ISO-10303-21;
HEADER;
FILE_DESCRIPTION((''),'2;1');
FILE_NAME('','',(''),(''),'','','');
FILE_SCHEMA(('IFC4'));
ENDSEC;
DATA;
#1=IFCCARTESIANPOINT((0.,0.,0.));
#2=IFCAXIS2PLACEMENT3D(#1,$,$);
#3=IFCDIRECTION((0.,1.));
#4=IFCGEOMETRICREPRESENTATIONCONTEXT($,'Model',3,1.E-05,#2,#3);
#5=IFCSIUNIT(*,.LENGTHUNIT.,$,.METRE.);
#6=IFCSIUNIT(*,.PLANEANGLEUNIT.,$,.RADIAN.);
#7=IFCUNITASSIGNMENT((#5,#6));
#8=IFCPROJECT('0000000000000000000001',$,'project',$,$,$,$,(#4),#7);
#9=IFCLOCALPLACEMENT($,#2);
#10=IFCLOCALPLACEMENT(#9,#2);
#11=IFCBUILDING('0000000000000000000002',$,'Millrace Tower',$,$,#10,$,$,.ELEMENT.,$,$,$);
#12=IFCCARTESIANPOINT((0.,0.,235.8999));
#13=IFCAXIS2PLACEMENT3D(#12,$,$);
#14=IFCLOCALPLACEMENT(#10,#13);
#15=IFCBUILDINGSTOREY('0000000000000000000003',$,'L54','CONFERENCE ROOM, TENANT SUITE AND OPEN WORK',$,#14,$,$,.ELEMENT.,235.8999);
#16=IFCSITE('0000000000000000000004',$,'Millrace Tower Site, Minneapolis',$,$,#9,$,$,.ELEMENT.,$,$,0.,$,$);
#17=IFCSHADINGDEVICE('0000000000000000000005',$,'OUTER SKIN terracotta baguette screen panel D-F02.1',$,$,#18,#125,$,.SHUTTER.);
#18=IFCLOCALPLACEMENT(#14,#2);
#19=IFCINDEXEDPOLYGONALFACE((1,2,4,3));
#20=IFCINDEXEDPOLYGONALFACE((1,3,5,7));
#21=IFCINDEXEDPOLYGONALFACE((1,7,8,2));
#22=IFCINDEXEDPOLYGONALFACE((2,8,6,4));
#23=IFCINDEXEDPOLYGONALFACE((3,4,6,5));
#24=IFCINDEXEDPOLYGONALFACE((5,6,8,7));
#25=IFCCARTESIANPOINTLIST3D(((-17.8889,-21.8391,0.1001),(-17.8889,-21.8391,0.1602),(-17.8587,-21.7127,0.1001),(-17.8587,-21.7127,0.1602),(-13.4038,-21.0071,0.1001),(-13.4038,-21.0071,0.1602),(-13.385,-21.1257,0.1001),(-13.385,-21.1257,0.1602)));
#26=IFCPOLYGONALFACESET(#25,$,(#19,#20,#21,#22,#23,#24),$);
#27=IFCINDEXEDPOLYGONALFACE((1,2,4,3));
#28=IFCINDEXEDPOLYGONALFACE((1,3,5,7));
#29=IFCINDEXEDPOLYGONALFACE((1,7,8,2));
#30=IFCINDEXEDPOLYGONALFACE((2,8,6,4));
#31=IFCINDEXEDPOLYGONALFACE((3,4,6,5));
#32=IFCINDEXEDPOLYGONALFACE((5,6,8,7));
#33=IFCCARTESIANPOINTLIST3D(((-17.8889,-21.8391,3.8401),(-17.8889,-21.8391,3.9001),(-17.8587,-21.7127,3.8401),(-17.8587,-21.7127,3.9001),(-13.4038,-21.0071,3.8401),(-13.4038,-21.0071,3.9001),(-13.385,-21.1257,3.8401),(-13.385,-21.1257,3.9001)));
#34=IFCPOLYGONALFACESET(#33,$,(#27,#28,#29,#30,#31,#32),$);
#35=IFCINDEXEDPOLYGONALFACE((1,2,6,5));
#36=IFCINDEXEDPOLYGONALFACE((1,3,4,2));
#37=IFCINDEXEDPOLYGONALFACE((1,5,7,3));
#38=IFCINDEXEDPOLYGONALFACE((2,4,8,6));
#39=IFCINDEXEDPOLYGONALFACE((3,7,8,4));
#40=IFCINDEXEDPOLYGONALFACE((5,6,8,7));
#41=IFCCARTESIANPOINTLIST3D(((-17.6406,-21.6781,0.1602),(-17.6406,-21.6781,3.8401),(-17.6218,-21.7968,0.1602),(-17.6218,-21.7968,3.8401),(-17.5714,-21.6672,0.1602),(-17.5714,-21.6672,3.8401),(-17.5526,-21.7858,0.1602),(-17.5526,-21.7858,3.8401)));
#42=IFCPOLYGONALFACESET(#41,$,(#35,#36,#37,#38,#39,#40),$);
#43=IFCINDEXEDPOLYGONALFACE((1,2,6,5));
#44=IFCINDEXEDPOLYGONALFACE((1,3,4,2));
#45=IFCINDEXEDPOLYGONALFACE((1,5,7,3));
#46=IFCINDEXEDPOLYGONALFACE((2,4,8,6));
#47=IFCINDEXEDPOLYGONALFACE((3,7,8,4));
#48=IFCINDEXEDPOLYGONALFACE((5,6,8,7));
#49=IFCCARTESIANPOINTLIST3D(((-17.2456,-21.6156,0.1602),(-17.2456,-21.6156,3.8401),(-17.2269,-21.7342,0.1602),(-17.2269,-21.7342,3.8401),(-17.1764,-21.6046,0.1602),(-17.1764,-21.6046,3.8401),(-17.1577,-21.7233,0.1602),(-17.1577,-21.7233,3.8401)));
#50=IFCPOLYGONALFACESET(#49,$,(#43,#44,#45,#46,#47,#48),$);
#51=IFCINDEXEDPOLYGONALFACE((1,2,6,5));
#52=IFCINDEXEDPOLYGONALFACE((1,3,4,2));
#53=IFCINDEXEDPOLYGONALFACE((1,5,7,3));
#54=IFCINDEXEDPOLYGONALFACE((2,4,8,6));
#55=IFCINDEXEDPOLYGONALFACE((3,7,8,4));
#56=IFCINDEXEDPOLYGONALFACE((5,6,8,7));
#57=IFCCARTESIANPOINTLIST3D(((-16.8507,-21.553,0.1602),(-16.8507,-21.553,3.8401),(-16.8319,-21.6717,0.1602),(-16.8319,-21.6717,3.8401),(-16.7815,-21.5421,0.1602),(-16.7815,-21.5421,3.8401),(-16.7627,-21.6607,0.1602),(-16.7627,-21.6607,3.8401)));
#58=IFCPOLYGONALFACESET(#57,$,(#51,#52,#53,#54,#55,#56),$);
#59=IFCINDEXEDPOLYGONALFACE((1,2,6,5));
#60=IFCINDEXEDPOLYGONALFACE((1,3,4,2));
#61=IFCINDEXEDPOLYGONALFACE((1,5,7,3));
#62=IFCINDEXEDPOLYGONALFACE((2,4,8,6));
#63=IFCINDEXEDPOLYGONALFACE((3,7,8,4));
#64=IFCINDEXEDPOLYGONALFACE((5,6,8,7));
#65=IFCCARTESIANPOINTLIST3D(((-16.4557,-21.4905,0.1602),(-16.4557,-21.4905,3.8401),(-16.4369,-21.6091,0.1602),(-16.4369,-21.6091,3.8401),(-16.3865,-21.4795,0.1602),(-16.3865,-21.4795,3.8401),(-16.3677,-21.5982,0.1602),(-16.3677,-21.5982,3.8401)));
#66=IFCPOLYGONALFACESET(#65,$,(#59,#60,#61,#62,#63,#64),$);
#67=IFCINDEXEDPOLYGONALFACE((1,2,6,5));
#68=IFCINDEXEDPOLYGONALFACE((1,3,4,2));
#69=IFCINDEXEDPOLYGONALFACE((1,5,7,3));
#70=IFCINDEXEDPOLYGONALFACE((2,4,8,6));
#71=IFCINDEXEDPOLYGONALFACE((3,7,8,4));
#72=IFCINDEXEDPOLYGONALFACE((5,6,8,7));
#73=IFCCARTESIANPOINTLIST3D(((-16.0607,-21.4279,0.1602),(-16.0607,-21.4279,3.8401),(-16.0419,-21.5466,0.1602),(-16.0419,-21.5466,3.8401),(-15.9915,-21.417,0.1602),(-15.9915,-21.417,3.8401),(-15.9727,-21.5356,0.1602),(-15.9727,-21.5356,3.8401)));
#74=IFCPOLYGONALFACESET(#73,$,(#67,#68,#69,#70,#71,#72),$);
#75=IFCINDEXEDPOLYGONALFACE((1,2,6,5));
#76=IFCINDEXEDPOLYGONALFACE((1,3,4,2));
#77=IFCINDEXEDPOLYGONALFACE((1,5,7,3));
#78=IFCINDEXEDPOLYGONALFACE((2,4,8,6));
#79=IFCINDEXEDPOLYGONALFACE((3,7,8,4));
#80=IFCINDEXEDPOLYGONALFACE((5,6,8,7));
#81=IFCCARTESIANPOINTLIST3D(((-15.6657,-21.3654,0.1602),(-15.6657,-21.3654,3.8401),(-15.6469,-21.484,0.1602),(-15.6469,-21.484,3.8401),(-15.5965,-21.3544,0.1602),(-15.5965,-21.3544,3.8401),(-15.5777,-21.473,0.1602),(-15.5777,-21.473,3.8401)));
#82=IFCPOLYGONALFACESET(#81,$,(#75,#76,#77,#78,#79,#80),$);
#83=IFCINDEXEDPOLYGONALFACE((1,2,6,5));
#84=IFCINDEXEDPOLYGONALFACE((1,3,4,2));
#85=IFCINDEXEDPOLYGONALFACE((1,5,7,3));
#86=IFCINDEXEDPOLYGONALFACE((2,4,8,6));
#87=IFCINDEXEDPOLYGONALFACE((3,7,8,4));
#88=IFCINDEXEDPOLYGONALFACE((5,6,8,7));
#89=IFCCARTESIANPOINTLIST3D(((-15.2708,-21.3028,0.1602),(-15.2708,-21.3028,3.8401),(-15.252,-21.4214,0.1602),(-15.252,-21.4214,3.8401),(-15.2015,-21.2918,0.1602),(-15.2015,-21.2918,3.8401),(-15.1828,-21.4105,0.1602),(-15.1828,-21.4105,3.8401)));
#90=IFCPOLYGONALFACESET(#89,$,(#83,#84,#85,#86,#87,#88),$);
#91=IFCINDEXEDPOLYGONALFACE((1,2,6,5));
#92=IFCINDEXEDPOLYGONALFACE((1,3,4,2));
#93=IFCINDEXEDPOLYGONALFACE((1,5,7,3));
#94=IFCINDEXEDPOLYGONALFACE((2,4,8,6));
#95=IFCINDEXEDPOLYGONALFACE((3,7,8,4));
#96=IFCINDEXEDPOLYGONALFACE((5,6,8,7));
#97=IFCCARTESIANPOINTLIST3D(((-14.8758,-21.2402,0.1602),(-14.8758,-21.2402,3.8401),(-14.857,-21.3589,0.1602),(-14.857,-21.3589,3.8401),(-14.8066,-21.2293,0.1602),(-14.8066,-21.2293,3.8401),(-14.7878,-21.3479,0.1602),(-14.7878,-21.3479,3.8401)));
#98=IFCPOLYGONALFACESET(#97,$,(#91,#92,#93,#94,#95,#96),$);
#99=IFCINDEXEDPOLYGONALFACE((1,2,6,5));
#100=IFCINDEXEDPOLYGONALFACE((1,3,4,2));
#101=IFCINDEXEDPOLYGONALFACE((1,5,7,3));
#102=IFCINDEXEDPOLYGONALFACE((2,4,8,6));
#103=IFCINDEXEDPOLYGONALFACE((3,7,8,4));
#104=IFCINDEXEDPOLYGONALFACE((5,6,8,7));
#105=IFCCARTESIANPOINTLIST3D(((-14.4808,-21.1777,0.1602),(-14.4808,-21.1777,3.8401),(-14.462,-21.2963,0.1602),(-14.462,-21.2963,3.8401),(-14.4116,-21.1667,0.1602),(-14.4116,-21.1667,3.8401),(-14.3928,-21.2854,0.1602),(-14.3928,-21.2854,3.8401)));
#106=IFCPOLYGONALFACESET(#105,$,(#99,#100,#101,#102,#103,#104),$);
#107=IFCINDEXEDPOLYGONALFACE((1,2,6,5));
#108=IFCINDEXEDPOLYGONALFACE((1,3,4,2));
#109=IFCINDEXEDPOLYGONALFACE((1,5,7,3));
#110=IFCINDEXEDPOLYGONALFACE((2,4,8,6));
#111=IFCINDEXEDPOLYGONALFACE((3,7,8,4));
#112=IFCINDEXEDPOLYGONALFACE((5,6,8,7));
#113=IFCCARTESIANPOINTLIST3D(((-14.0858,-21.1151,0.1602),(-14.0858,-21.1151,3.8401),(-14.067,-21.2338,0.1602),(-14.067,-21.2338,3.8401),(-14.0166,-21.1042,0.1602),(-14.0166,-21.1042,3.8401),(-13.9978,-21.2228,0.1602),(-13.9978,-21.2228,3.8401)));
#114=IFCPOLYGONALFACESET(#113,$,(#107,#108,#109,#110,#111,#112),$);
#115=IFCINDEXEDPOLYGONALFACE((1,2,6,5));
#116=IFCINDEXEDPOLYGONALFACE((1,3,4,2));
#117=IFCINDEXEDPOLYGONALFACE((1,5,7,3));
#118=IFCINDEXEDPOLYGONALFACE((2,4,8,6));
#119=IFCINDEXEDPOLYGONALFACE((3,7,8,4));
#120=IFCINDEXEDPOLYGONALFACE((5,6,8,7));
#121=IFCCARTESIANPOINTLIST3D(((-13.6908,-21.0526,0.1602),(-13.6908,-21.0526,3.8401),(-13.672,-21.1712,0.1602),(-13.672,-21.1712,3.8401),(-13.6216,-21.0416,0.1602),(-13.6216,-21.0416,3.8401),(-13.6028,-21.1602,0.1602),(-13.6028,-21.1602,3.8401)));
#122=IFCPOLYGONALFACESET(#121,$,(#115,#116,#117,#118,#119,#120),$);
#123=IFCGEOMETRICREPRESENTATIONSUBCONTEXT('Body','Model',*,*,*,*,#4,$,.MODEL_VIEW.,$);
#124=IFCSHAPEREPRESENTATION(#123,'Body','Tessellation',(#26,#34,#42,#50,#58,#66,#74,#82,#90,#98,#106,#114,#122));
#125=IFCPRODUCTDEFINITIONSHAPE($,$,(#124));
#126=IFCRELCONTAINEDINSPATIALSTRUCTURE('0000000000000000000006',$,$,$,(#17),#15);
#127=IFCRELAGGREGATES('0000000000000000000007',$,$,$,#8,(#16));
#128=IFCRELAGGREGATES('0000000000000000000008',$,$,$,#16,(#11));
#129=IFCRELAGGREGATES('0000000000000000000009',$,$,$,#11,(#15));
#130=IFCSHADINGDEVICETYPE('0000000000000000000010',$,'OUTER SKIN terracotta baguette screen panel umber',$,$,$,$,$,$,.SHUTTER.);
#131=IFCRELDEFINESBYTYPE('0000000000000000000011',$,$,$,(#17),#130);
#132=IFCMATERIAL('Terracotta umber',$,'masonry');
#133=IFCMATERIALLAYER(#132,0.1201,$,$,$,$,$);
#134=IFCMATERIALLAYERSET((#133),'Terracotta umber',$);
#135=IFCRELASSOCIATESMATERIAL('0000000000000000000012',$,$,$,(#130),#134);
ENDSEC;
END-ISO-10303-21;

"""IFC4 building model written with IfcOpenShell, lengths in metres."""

from ifc_helpers import new_model, entity, si_unit, direction, frame, frame_2d, origin, place, context, subcontext, project, spatial, rectangle, extrude, source, transform, mapped, material, layer, layer_set, type_object, element, save


model = new_model("IFC4")

# Units and contexts
model_context = context("Model", 3, precision=1e-05, world=origin(), true_north=direction((0.0, 1.0)))
body_context = subcontext(model_context, "Body", "Model", "MODEL_VIEW")
ifc_project = project(units=[si_unit("LENGTHUNIT", "METRE"), si_unit("PLANEANGLEUNIT", "RADIAN")], contexts=[model_context])

# Site, building, storey
site_placement = place(None, origin())
site = spatial("IfcSite", under=ifc_project, at=site_placement, Name="Millrace Tower Site, Minneapolis", CompositionType="ELEMENT", RefElevation=0.0)
building_placement = place(site_placement, origin())
building = spatial("IfcBuilding", under=site, at=building_placement, Name="Millrace Tower", CompositionType="ELEMENT")
storey_placement = place(building_placement, frame((0.0, 0.0, 235.8999)))
storey = spatial("IfcBuildingStorey", under=building, at=storey_placement, Name="L54", Description="CONFERENCE ROOM, TENANT SUITE AND OPEN WORK", CompositionType="ELEMENT", Elevation=235.8999)

# Shading device
ifc_material_1 = material(Name="Terracotta umber", Category="masonry")
ifc_layer_1 = layer(ifc_material_1, 0.1201)
ifc_layer_set_1 = layer_set([ifc_layer_1], Name="Terracotta umber")
shading_device_type = type_object("IfcShadingDeviceType", Name="OUTER SKIN terracotta baguette screen panel umber", PredefinedType="SHUTTER", material=ifc_layer_set_1)
cartesian_point_1 = entity("IfcCartesianPoint", [-2.2429, 0.0601])
shared_polyline_1 = entity("IfcPolyline", [cartesian_point_1, entity("IfcCartesianPoint", [2.2676, 0.0601]), entity("IfcCartesianPoint", [2.2676, -0.0601]), entity("IfcCartesianPoint", [-2.2925, -0.0601]), cartesian_point_1])
shared_shape_1 = source(origin(), body_context, "Body", "SweptSolid", [
    entity("IfcExtrudedAreaSolid", entity("IfcArbitraryClosedProfileDef", "AREA", None, shared_polyline_1), entity("IfcAxis2Placement3D", entity("IfcCartesianPoint", [0.0, 0.0, 0.0])), entity("IfcDirection", [0.0, 0.0, 1.0]), 0.0601),
    entity("IfcExtrudedAreaSolid", entity("IfcArbitraryClosedProfileDef", "AREA", None, shared_polyline_1), entity("IfcAxis2Placement3D", entity("IfcCartesianPoint", [0.0, 0.0, 3.74])), entity("IfcDirection", [0.0, 0.0, 1.0]), 0.0601),
    extrude(rectangle(XDim=0.0701, YDim=0.1201, at=frame_2d((-1.9871, 0.0))), frame((0.0, 0.0, 0.0601)), (0.0, 0.0, 1.0), 3.6799),
    extrude(rectangle(XDim=0.0701, YDim=0.1201, at=frame_2d((-1.5872, 0.0))), frame((0.0, 0.0, 0.0601)), (0.0, 0.0, 1.0), 3.6799),
    extrude(rectangle(XDim=0.0701, YDim=0.1201, at=frame_2d((-1.1873, 0.0))), frame((0.0, 0.0, 0.0601)), (0.0, 0.0, 1.0), 3.6799),
    extrude(rectangle(XDim=0.0701, YDim=0.1201, at=frame_2d((-0.7874, 0.0))), frame((0.0, 0.0, 0.0601)), (0.0, 0.0, 1.0), 3.6799),
    extrude(rectangle(XDim=0.0701, YDim=0.1201, at=frame_2d((-0.3875, 0.0))), frame((0.0, 0.0, 0.0601)), (0.0, 0.0, 1.0), 3.6799),
    extrude(rectangle(XDim=0.0701, YDim=0.1201, at=frame_2d((0.0125, 0.0))), frame((0.0, 0.0, 0.0601)), (0.0, 0.0, 1.0), 3.6799),
    extrude(rectangle(XDim=0.0701, YDim=0.1201, at=frame_2d((0.4124, 0.0))), frame((0.0, 0.0, 0.0601)), (0.0, 0.0, 1.0), 3.6799),
    extrude(rectangle(XDim=0.0701, YDim=0.1201, at=frame_2d((0.8123, 0.0))), frame((0.0, 0.0, 0.0601)), (0.0, 0.0, 1.0), 3.6799),
    extrude(rectangle(XDim=0.0701, YDim=0.1201, at=frame_2d((1.2122, 0.0))), frame((0.0, 0.0, 0.0601)), (0.0, 0.0, 1.0), 3.6799),
    extrude(rectangle(XDim=0.0701, YDim=0.1201, at=frame_2d((1.6121, 0.0))), frame((0.0, 0.0, 0.0601)), (0.0, 0.0, 1.0), 3.6799),
    extrude(rectangle(XDim=0.0701, YDim=0.1201, at=frame_2d((2.012, 0.0))), frame((0.0, 0.0, 0.0601)), (0.0, 0.0, 1.0), 3.6799),
])
shading_device_1_placement = place(storey_placement, frame((-15.634, -21.4211, 0.1001), z_axis=(0.0, 0.0, 1.0), x_axis=(0.987688, 0.156434, 0.0)))
element("IfcShadingDevice", 1, at=shading_device_1_placement, inside=storey, type_object=shading_device_type, Name="OUTER SKIN terracotta baguette screen panel D-F02.1", PredefinedType="SHUTTER", context=body_context, shape_type="MappedRepresentation", body=[
    mapped(shared_shape_1, transform((0.0, 0.0, 0.0), scale=1.0)),
])

save(model, "model.ifc")
